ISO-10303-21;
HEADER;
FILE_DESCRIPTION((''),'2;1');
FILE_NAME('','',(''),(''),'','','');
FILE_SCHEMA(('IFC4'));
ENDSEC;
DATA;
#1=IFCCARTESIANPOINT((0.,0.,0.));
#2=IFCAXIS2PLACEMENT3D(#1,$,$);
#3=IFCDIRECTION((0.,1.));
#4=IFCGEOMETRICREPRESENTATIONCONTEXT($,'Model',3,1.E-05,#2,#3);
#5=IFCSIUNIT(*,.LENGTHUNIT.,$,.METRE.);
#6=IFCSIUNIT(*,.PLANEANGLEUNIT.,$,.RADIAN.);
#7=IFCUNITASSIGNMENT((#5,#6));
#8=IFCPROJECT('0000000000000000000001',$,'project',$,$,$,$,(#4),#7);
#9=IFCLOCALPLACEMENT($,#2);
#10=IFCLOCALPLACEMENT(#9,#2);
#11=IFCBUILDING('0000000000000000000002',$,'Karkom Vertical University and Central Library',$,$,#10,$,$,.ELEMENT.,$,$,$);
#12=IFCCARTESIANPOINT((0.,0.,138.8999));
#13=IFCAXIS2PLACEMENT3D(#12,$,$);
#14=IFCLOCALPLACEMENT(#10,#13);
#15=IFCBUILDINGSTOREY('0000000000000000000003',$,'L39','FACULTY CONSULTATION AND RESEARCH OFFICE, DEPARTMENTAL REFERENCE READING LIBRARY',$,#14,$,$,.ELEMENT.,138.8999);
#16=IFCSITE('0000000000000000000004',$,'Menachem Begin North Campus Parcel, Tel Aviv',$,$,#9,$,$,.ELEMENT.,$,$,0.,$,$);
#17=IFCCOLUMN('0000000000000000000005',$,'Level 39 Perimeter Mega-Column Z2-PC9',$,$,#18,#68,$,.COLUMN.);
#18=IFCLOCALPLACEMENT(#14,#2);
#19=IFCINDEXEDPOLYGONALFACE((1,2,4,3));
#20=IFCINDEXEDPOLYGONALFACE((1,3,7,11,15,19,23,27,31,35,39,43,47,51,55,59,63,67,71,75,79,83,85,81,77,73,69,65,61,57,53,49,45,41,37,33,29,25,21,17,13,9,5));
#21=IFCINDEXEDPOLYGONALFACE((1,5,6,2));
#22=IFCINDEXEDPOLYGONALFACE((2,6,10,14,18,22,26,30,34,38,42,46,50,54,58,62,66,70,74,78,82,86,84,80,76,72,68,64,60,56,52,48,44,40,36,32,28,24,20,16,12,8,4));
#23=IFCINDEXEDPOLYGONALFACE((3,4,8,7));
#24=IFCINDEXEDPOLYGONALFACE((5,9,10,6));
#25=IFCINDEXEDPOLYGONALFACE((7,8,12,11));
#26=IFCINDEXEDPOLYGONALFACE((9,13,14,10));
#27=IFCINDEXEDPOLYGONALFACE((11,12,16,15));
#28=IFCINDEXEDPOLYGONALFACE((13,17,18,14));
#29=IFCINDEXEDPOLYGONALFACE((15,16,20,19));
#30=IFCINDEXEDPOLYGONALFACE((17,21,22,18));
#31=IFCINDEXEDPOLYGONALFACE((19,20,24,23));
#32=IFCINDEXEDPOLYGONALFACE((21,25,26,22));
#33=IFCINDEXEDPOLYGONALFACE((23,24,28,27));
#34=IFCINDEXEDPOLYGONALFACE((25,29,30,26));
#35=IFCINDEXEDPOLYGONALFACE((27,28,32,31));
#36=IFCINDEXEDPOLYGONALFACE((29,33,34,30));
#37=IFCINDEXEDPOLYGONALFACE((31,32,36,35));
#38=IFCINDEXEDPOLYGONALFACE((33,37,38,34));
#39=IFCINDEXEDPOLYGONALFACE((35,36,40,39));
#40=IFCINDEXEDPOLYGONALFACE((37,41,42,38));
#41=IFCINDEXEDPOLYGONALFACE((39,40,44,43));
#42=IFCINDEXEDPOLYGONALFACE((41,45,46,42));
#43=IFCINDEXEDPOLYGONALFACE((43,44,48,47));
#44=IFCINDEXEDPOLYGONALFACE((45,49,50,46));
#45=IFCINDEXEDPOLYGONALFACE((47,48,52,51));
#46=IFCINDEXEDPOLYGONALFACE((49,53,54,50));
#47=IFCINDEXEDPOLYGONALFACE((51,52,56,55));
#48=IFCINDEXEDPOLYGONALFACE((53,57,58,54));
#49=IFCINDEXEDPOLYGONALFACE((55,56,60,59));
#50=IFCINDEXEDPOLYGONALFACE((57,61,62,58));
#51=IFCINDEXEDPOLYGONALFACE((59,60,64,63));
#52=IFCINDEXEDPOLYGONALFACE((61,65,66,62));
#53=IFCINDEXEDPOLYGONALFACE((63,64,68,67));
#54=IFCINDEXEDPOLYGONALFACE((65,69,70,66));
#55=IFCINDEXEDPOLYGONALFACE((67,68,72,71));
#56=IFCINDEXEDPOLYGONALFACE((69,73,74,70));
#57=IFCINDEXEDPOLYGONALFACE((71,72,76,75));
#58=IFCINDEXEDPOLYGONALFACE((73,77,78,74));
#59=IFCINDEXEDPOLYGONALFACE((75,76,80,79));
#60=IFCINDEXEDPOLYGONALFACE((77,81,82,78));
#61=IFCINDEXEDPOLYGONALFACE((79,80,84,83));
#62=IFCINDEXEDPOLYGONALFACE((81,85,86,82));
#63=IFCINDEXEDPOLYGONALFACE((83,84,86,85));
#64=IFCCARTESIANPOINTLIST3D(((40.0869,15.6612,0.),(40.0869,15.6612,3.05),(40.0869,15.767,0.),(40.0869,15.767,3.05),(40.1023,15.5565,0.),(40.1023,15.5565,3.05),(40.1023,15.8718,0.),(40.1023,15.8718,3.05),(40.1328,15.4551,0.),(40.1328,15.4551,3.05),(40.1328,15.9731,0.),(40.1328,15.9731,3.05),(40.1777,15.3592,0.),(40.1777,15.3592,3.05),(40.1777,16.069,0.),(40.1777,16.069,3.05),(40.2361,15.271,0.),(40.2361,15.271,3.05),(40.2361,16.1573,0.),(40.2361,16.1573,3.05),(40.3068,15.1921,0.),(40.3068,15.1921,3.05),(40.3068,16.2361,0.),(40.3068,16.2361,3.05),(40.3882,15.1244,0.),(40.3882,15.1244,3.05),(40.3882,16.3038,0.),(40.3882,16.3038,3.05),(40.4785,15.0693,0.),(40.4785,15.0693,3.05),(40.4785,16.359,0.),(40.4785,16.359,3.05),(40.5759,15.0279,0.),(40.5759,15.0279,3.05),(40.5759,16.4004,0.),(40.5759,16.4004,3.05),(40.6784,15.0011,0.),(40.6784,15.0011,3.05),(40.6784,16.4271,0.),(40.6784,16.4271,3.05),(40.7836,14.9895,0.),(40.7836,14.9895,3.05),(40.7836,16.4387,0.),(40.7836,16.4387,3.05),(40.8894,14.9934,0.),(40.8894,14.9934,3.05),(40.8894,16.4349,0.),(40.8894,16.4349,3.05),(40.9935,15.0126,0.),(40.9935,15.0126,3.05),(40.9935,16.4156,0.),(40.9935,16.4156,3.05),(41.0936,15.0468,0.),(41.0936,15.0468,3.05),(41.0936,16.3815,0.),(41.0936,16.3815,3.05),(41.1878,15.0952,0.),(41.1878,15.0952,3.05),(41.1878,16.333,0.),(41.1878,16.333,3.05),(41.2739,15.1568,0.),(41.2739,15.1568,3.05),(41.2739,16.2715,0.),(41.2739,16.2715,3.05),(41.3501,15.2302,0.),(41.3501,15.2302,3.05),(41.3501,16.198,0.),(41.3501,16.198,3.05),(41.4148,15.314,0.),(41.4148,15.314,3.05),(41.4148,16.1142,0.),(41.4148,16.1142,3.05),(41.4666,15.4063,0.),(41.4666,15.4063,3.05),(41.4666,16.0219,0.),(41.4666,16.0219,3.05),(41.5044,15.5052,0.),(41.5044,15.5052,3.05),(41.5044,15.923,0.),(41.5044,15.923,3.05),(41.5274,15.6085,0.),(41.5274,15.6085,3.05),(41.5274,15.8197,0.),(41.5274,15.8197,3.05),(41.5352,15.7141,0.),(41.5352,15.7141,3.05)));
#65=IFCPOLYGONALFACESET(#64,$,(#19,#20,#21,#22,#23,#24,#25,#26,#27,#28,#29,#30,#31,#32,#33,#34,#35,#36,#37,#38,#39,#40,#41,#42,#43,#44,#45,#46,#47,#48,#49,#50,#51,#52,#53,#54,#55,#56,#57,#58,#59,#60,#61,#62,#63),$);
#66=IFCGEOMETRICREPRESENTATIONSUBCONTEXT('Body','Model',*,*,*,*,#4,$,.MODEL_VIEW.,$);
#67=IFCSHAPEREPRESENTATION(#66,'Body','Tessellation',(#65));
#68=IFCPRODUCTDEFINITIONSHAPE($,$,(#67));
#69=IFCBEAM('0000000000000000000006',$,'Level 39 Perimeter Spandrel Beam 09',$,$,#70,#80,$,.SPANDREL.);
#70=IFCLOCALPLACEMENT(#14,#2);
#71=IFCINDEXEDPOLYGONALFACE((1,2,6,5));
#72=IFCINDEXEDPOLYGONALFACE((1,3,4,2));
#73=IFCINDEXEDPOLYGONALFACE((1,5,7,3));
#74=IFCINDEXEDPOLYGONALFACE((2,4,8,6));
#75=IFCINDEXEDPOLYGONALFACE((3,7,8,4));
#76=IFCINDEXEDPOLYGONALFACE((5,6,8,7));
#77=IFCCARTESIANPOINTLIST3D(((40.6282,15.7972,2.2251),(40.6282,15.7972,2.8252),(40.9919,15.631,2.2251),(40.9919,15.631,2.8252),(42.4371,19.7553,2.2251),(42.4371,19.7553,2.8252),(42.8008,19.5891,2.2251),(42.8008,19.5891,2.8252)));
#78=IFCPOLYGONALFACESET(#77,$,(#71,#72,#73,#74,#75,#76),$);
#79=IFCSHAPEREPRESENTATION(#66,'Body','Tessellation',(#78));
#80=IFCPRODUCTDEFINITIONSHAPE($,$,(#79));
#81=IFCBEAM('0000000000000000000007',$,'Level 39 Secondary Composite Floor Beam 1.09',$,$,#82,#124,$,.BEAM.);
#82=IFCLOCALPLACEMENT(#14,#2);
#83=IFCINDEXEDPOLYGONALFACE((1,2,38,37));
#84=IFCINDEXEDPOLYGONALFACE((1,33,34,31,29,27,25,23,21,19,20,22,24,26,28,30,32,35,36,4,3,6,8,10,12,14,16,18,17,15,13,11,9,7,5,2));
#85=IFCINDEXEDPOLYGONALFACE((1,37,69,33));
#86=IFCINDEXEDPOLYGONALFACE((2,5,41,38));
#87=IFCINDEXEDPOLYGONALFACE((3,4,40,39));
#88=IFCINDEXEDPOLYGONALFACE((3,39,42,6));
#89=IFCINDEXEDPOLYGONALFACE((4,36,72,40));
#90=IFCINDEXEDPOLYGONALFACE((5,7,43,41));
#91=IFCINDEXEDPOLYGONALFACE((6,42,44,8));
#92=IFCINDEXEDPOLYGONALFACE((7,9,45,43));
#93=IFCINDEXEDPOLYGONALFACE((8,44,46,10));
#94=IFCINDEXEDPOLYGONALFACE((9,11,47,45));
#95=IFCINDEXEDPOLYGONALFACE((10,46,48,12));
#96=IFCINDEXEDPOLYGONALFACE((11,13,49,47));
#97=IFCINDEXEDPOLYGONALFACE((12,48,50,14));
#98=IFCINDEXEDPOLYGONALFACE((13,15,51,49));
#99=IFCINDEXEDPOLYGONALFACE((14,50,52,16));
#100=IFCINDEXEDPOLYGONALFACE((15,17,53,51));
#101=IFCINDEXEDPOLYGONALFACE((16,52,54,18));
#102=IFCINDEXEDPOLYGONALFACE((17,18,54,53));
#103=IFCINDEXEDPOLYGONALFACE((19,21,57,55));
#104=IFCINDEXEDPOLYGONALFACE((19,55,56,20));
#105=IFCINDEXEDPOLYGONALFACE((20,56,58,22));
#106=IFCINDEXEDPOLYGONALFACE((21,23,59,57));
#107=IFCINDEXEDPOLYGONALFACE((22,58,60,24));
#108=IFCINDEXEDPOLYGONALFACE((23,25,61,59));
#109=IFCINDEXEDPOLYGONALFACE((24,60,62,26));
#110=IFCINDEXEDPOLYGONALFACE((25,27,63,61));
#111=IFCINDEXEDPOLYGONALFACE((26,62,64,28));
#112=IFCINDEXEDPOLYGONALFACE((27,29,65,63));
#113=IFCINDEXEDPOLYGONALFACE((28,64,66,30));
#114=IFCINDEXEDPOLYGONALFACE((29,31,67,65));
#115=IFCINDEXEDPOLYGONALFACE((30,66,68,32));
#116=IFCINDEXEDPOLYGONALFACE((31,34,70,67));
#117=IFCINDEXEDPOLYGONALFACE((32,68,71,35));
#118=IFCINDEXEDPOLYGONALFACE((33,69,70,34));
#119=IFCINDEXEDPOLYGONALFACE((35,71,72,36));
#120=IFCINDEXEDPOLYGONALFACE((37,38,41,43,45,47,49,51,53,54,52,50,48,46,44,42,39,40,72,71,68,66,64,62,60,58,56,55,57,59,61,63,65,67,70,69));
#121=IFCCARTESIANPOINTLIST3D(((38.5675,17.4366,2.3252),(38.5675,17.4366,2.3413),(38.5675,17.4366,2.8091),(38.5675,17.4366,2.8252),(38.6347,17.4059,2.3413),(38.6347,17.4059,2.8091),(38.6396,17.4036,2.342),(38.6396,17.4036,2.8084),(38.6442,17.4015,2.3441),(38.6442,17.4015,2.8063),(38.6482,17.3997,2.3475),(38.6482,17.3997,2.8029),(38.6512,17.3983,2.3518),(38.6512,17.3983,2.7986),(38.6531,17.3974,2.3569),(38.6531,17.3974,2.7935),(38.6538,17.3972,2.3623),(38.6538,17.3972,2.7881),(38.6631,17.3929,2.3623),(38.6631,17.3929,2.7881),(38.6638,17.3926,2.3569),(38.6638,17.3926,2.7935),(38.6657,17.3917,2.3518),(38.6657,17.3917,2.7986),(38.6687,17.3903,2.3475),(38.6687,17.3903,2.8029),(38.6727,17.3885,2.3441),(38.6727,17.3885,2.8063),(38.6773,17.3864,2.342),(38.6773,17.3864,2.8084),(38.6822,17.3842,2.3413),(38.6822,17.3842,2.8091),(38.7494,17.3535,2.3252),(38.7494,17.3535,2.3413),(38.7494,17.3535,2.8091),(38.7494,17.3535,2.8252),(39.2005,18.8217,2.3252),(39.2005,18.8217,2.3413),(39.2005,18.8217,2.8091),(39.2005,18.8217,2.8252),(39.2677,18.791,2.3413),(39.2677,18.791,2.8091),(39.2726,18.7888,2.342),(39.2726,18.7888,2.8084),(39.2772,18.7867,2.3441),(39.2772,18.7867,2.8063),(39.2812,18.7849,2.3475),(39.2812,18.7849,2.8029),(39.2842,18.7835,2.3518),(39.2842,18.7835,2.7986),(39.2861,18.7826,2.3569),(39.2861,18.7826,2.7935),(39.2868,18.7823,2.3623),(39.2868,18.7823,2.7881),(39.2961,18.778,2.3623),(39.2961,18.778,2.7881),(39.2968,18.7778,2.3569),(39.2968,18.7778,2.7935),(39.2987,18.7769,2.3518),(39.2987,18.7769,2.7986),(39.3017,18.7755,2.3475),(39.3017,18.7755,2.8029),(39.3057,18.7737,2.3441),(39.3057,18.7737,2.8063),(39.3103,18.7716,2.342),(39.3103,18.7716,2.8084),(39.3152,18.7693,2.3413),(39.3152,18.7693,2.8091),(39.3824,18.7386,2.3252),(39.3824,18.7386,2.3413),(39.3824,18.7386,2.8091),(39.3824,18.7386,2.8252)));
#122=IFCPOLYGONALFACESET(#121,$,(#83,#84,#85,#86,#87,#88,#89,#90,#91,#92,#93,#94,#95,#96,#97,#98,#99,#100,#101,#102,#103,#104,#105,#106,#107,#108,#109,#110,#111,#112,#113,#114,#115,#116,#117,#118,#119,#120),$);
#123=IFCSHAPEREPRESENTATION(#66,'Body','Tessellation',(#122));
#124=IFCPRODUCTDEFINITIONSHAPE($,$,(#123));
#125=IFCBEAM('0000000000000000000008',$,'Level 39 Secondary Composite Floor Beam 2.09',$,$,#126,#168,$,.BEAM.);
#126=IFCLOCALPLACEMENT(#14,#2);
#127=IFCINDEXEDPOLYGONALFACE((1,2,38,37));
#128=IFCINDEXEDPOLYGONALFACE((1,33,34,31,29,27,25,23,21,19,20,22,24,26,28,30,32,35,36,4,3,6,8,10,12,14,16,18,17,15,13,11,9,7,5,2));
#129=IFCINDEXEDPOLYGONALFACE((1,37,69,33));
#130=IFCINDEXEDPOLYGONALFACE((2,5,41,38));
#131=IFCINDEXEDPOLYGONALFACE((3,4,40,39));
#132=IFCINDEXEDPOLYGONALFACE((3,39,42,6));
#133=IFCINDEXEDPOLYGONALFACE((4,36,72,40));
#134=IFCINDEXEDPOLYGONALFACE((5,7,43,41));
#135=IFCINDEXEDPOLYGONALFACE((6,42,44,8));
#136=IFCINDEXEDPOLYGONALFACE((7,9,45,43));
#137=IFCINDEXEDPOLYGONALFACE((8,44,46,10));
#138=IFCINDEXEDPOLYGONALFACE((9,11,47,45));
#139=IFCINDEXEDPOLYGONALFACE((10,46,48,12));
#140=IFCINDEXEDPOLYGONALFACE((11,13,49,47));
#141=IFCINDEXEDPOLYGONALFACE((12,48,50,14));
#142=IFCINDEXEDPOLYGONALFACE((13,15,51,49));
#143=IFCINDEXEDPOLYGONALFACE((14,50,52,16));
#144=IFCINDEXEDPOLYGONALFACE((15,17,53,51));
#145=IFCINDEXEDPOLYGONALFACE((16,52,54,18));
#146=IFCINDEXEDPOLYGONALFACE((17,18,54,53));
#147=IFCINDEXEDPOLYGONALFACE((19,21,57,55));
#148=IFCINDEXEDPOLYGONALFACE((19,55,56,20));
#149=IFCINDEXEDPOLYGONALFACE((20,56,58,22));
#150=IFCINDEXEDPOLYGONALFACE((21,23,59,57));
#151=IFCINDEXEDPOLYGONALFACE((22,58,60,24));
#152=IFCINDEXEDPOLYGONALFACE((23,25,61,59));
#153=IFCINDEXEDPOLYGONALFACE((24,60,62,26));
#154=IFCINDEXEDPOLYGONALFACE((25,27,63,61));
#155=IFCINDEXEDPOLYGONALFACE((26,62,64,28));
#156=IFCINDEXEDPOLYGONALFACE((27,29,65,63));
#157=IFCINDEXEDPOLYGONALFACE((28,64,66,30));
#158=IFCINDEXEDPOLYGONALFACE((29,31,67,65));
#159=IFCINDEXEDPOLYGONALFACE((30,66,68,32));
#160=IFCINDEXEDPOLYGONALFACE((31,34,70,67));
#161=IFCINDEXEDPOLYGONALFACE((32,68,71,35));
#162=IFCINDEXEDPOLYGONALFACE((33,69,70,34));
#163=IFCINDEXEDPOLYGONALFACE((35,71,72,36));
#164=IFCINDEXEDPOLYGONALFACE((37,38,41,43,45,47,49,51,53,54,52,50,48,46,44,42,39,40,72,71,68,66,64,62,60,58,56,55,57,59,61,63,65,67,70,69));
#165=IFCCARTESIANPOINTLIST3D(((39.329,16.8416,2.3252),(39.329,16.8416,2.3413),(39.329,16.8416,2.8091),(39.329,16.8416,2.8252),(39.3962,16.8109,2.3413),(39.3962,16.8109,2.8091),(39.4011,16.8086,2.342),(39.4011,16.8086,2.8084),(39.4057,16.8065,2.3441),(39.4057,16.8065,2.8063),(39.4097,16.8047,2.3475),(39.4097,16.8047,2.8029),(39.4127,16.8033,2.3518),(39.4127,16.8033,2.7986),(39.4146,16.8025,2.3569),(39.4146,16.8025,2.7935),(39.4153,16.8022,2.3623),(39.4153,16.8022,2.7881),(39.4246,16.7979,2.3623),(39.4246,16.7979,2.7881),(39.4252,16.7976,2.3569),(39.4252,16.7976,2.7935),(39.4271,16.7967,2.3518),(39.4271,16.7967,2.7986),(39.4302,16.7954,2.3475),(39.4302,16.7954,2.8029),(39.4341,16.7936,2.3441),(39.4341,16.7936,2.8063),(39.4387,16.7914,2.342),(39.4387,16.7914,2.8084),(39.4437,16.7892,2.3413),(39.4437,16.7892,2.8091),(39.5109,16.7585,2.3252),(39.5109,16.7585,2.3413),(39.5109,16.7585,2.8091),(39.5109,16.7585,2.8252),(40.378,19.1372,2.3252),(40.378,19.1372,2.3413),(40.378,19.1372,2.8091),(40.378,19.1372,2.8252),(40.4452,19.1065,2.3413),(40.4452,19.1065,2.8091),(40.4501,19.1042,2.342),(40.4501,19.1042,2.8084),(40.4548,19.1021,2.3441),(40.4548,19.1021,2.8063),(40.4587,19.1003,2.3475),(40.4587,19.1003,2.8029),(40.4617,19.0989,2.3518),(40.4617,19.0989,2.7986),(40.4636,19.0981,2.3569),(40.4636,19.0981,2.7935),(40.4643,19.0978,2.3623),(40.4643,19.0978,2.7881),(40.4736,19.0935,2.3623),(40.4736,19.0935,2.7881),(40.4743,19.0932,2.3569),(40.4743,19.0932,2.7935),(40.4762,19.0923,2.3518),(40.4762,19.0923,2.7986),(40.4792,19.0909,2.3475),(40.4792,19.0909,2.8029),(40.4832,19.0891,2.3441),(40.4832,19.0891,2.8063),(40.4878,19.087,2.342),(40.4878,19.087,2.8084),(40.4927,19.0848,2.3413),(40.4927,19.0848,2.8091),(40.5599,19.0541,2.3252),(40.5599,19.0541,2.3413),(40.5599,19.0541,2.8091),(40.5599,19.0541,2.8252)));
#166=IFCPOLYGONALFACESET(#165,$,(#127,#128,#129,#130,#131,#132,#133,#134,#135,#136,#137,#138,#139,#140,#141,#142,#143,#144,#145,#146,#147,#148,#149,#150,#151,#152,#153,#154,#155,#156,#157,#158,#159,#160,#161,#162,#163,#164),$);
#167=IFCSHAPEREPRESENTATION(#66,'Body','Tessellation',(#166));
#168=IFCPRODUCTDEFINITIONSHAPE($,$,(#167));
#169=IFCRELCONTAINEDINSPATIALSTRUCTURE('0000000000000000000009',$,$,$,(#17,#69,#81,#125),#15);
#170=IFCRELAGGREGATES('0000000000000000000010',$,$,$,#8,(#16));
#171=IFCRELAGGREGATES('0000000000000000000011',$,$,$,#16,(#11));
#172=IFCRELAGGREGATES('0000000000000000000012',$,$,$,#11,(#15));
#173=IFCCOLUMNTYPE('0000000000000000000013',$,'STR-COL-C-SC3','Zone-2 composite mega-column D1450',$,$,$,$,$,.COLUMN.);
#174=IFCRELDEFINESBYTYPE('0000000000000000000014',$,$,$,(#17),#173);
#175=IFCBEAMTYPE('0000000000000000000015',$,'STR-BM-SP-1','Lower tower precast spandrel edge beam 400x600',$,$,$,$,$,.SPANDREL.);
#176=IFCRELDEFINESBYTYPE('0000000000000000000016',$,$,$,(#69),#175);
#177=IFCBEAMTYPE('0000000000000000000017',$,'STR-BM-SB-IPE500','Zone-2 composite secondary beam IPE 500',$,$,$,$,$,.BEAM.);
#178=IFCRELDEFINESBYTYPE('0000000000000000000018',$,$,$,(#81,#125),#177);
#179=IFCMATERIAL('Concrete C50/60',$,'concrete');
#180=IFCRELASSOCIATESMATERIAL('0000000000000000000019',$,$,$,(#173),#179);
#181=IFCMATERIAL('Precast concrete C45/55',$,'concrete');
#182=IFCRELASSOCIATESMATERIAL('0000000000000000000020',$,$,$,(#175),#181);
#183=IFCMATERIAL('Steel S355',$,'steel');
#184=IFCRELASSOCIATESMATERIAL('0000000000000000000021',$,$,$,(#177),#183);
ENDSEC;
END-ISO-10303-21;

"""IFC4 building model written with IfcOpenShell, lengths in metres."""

from ifc_helpers import new_model, si_unit, direction, frame, origin, origin_with_axes, origin_2d, place, context, subcontext, project, spatial, rectangle, circle, i_section, extrude, source, transform, mapped, material, material_profile, profile_set, type_object, element, save


model = new_model("IFC4")

# Units and contexts
model_context = context("Model", 3, precision=1e-05, world=origin(), true_north=direction((0.0, 1.0)))
body_context = subcontext(model_context, "Body", "Model", "MODEL_VIEW")
ifc_project = project(units=[si_unit("LENGTHUNIT", "METRE"), si_unit("PLANEANGLEUNIT", "RADIAN")], contexts=[model_context])

# Site, building, storey
site_placement = place(None, origin())
site = spatial("IfcSite", under=ifc_project, at=site_placement, Name="Menachem Begin North Campus Parcel, Tel Aviv", CompositionType="ELEMENT", RefElevation=0.0)
building_placement = place(site_placement, origin())
building = spatial("IfcBuilding", under=site, at=building_placement, Name="Karkom Vertical University and Central Library", CompositionType="ELEMENT")
storey_placement = place(building_placement, frame((0.0, 0.0, 138.8999)))
storey = spatial("IfcBuildingStorey", under=building, at=storey_placement, Name="L39", Description="FACULTY CONSULTATION AND RESEARCH OFFICE, DEPARTMENTAL REFERENCE READING LIBRARY", CompositionType="ELEMENT", Elevation=138.8999)

# Column
ifc_material_1 = material(Name="Concrete C50/60", Category="concrete")
ifc_material_profile_1 = material_profile(ifc_material_1, circle(Radius=0.7251, at=origin_2d()), Name="CFT-D1450")
ifc_profile_set_1 = profile_set([ifc_material_profile_1], Name="Concrete C50/60")
column_type = type_object("IfcColumnType", Name="STR-COL-C-SC3", Description="Zone-2 composite mega-column D1450", PredefinedType="COLUMN", material=ifc_profile_set_1)
shared_shape_1 = source(origin_with_axes(), body_context, "Body", "SweptSolid", [
    extrude(circle(Radius=0.7251, at=origin_2d()), origin(), (0.0, 0.0, 1.0), 3.05),
])
column_placement = place(storey_placement, frame((40.8101, 15.7141, 0.0), z_axis=(0.0, 0.0, 1.0), x_axis=(1.0, 0.0, 0.0)))
element("IfcColumn", 1, at=column_placement, inside=storey, type_object=column_type, Name="Level 39 Perimeter Mega-Column Z2-PC9", PredefinedType="COLUMN", context=body_context, shape_type="MappedRepresentation", body=[
    mapped(shared_shape_1, transform((0.0, 0.0, 0.0), scale=1.0)),
])

# Beams
ifc_material_2 = material(Name="Precast concrete C45/55", Category="concrete")
ifc_material_profile_2 = material_profile(ifc_material_2, rectangle(XDim=0.3999, YDim=0.6001, at=origin_2d()), Name="SPB-400x600")
ifc_profile_set_2 = profile_set([ifc_material_profile_2], Name="Precast concrete C45/55")
beam_type_1 = type_object("IfcBeamType", Name="STR-BM-SP-1", Description="Lower tower precast spandrel edge beam 400x600", PredefinedType="SPANDREL", material=ifc_profile_set_2)
shared_shape_2 = source(origin_with_axes(), body_context, "Body", "SweptSolid", [
    extrude(rectangle(XDim=0.3999, YDim=0.6001, at=origin_2d()), origin(), (0.0, 0.0, 1.0), 4.3518),
])
beam_1_placement = place(storey_placement, frame((40.8101, 15.7141, 2.5251), z_axis=(0.415658, 0.909521, 0.0), x_axis=(-0.909521, 0.415658, 0.0)))
element("IfcBeam", 2, at=beam_1_placement, inside=storey, type_object=beam_type_1, Name="Level 39 Perimeter Spandrel Beam 09", PredefinedType="SPANDREL", context=body_context, shape_type="MappedRepresentation", body=[
    mapped(shared_shape_2, transform((0.0, 0.0, 0.0), scale=1.0)),
])
ifc_material_3 = material(Name="Steel S355", Category="steel")
ifc_material_profile_3 = material_profile(ifc_material_3, i_section(OverallWidth=0.2, OverallDepth=0.5, WebThickness=0.0103, FlangeThickness=0.0161, FilletRadius=0.021, at=origin_2d()), Name="IPE 500")
ifc_profile_set_3 = profile_set([ifc_material_profile_3], Name="Steel S355")
beam_type_2 = type_object("IfcBeamType", Name="STR-BM-SB-IPE500", Description="Zone-2 composite secondary beam IPE 500", PredefinedType="BEAM", material=ifc_profile_set_3)
shared_shape_3 = source(origin_with_axes(), body_context, "Body", "SweptSolid", [
    extrude(i_section(OverallWidth=0.2, OverallDepth=0.5, WebThickness=0.0103, FlangeThickness=0.0161, FilletRadius=0.021, at=origin_2d()), origin(), (0.0, 0.0, 1.0), 1.5229),
])
beam_2_placement = place(storey_placement, frame((38.6584, 17.395, 2.5752), z_axis=(0.41565, 0.909525, 0.0), x_axis=(-0.909525, 0.41565, 0.0)))
element("IfcBeam", 3, at=beam_2_placement, inside=storey, type_object=beam_type_2, Name="Level 39 Secondary Composite Floor Beam 1.09", PredefinedType="BEAM", context=body_context, shape_type="MappedRepresentation", body=[
    mapped(shared_shape_3, transform((0.0, 0.0, 0.0), scale=1.0)),
])
shared_shape_4 = source(origin_with_axes(), body_context, "Body", "SweptSolid", [
    extrude(i_section(OverallWidth=0.2, OverallDepth=0.5, WebThickness=0.0103, FlangeThickness=0.0161, FilletRadius=0.021, at=origin_2d()), origin(), (0.0, 0.0, 1.0), 2.5239),
])
beam_3_placement = place(storey_placement, frame((39.4199, 16.8, 2.5752), z_axis=(0.415639, 0.90953, 0.0), x_axis=(-0.90953, 0.415639, 0.0)))
element("IfcBeam", 4, at=beam_3_placement, inside=storey, type_object=beam_type_2, Name="Level 39 Secondary Composite Floor Beam 2.09", PredefinedType="BEAM", context=body_context, shape_type="MappedRepresentation", body=[
    mapped(shared_shape_4, transform((0.0, 0.0, 0.0), scale=1.0)),
])

save(model, "model.ifc")
